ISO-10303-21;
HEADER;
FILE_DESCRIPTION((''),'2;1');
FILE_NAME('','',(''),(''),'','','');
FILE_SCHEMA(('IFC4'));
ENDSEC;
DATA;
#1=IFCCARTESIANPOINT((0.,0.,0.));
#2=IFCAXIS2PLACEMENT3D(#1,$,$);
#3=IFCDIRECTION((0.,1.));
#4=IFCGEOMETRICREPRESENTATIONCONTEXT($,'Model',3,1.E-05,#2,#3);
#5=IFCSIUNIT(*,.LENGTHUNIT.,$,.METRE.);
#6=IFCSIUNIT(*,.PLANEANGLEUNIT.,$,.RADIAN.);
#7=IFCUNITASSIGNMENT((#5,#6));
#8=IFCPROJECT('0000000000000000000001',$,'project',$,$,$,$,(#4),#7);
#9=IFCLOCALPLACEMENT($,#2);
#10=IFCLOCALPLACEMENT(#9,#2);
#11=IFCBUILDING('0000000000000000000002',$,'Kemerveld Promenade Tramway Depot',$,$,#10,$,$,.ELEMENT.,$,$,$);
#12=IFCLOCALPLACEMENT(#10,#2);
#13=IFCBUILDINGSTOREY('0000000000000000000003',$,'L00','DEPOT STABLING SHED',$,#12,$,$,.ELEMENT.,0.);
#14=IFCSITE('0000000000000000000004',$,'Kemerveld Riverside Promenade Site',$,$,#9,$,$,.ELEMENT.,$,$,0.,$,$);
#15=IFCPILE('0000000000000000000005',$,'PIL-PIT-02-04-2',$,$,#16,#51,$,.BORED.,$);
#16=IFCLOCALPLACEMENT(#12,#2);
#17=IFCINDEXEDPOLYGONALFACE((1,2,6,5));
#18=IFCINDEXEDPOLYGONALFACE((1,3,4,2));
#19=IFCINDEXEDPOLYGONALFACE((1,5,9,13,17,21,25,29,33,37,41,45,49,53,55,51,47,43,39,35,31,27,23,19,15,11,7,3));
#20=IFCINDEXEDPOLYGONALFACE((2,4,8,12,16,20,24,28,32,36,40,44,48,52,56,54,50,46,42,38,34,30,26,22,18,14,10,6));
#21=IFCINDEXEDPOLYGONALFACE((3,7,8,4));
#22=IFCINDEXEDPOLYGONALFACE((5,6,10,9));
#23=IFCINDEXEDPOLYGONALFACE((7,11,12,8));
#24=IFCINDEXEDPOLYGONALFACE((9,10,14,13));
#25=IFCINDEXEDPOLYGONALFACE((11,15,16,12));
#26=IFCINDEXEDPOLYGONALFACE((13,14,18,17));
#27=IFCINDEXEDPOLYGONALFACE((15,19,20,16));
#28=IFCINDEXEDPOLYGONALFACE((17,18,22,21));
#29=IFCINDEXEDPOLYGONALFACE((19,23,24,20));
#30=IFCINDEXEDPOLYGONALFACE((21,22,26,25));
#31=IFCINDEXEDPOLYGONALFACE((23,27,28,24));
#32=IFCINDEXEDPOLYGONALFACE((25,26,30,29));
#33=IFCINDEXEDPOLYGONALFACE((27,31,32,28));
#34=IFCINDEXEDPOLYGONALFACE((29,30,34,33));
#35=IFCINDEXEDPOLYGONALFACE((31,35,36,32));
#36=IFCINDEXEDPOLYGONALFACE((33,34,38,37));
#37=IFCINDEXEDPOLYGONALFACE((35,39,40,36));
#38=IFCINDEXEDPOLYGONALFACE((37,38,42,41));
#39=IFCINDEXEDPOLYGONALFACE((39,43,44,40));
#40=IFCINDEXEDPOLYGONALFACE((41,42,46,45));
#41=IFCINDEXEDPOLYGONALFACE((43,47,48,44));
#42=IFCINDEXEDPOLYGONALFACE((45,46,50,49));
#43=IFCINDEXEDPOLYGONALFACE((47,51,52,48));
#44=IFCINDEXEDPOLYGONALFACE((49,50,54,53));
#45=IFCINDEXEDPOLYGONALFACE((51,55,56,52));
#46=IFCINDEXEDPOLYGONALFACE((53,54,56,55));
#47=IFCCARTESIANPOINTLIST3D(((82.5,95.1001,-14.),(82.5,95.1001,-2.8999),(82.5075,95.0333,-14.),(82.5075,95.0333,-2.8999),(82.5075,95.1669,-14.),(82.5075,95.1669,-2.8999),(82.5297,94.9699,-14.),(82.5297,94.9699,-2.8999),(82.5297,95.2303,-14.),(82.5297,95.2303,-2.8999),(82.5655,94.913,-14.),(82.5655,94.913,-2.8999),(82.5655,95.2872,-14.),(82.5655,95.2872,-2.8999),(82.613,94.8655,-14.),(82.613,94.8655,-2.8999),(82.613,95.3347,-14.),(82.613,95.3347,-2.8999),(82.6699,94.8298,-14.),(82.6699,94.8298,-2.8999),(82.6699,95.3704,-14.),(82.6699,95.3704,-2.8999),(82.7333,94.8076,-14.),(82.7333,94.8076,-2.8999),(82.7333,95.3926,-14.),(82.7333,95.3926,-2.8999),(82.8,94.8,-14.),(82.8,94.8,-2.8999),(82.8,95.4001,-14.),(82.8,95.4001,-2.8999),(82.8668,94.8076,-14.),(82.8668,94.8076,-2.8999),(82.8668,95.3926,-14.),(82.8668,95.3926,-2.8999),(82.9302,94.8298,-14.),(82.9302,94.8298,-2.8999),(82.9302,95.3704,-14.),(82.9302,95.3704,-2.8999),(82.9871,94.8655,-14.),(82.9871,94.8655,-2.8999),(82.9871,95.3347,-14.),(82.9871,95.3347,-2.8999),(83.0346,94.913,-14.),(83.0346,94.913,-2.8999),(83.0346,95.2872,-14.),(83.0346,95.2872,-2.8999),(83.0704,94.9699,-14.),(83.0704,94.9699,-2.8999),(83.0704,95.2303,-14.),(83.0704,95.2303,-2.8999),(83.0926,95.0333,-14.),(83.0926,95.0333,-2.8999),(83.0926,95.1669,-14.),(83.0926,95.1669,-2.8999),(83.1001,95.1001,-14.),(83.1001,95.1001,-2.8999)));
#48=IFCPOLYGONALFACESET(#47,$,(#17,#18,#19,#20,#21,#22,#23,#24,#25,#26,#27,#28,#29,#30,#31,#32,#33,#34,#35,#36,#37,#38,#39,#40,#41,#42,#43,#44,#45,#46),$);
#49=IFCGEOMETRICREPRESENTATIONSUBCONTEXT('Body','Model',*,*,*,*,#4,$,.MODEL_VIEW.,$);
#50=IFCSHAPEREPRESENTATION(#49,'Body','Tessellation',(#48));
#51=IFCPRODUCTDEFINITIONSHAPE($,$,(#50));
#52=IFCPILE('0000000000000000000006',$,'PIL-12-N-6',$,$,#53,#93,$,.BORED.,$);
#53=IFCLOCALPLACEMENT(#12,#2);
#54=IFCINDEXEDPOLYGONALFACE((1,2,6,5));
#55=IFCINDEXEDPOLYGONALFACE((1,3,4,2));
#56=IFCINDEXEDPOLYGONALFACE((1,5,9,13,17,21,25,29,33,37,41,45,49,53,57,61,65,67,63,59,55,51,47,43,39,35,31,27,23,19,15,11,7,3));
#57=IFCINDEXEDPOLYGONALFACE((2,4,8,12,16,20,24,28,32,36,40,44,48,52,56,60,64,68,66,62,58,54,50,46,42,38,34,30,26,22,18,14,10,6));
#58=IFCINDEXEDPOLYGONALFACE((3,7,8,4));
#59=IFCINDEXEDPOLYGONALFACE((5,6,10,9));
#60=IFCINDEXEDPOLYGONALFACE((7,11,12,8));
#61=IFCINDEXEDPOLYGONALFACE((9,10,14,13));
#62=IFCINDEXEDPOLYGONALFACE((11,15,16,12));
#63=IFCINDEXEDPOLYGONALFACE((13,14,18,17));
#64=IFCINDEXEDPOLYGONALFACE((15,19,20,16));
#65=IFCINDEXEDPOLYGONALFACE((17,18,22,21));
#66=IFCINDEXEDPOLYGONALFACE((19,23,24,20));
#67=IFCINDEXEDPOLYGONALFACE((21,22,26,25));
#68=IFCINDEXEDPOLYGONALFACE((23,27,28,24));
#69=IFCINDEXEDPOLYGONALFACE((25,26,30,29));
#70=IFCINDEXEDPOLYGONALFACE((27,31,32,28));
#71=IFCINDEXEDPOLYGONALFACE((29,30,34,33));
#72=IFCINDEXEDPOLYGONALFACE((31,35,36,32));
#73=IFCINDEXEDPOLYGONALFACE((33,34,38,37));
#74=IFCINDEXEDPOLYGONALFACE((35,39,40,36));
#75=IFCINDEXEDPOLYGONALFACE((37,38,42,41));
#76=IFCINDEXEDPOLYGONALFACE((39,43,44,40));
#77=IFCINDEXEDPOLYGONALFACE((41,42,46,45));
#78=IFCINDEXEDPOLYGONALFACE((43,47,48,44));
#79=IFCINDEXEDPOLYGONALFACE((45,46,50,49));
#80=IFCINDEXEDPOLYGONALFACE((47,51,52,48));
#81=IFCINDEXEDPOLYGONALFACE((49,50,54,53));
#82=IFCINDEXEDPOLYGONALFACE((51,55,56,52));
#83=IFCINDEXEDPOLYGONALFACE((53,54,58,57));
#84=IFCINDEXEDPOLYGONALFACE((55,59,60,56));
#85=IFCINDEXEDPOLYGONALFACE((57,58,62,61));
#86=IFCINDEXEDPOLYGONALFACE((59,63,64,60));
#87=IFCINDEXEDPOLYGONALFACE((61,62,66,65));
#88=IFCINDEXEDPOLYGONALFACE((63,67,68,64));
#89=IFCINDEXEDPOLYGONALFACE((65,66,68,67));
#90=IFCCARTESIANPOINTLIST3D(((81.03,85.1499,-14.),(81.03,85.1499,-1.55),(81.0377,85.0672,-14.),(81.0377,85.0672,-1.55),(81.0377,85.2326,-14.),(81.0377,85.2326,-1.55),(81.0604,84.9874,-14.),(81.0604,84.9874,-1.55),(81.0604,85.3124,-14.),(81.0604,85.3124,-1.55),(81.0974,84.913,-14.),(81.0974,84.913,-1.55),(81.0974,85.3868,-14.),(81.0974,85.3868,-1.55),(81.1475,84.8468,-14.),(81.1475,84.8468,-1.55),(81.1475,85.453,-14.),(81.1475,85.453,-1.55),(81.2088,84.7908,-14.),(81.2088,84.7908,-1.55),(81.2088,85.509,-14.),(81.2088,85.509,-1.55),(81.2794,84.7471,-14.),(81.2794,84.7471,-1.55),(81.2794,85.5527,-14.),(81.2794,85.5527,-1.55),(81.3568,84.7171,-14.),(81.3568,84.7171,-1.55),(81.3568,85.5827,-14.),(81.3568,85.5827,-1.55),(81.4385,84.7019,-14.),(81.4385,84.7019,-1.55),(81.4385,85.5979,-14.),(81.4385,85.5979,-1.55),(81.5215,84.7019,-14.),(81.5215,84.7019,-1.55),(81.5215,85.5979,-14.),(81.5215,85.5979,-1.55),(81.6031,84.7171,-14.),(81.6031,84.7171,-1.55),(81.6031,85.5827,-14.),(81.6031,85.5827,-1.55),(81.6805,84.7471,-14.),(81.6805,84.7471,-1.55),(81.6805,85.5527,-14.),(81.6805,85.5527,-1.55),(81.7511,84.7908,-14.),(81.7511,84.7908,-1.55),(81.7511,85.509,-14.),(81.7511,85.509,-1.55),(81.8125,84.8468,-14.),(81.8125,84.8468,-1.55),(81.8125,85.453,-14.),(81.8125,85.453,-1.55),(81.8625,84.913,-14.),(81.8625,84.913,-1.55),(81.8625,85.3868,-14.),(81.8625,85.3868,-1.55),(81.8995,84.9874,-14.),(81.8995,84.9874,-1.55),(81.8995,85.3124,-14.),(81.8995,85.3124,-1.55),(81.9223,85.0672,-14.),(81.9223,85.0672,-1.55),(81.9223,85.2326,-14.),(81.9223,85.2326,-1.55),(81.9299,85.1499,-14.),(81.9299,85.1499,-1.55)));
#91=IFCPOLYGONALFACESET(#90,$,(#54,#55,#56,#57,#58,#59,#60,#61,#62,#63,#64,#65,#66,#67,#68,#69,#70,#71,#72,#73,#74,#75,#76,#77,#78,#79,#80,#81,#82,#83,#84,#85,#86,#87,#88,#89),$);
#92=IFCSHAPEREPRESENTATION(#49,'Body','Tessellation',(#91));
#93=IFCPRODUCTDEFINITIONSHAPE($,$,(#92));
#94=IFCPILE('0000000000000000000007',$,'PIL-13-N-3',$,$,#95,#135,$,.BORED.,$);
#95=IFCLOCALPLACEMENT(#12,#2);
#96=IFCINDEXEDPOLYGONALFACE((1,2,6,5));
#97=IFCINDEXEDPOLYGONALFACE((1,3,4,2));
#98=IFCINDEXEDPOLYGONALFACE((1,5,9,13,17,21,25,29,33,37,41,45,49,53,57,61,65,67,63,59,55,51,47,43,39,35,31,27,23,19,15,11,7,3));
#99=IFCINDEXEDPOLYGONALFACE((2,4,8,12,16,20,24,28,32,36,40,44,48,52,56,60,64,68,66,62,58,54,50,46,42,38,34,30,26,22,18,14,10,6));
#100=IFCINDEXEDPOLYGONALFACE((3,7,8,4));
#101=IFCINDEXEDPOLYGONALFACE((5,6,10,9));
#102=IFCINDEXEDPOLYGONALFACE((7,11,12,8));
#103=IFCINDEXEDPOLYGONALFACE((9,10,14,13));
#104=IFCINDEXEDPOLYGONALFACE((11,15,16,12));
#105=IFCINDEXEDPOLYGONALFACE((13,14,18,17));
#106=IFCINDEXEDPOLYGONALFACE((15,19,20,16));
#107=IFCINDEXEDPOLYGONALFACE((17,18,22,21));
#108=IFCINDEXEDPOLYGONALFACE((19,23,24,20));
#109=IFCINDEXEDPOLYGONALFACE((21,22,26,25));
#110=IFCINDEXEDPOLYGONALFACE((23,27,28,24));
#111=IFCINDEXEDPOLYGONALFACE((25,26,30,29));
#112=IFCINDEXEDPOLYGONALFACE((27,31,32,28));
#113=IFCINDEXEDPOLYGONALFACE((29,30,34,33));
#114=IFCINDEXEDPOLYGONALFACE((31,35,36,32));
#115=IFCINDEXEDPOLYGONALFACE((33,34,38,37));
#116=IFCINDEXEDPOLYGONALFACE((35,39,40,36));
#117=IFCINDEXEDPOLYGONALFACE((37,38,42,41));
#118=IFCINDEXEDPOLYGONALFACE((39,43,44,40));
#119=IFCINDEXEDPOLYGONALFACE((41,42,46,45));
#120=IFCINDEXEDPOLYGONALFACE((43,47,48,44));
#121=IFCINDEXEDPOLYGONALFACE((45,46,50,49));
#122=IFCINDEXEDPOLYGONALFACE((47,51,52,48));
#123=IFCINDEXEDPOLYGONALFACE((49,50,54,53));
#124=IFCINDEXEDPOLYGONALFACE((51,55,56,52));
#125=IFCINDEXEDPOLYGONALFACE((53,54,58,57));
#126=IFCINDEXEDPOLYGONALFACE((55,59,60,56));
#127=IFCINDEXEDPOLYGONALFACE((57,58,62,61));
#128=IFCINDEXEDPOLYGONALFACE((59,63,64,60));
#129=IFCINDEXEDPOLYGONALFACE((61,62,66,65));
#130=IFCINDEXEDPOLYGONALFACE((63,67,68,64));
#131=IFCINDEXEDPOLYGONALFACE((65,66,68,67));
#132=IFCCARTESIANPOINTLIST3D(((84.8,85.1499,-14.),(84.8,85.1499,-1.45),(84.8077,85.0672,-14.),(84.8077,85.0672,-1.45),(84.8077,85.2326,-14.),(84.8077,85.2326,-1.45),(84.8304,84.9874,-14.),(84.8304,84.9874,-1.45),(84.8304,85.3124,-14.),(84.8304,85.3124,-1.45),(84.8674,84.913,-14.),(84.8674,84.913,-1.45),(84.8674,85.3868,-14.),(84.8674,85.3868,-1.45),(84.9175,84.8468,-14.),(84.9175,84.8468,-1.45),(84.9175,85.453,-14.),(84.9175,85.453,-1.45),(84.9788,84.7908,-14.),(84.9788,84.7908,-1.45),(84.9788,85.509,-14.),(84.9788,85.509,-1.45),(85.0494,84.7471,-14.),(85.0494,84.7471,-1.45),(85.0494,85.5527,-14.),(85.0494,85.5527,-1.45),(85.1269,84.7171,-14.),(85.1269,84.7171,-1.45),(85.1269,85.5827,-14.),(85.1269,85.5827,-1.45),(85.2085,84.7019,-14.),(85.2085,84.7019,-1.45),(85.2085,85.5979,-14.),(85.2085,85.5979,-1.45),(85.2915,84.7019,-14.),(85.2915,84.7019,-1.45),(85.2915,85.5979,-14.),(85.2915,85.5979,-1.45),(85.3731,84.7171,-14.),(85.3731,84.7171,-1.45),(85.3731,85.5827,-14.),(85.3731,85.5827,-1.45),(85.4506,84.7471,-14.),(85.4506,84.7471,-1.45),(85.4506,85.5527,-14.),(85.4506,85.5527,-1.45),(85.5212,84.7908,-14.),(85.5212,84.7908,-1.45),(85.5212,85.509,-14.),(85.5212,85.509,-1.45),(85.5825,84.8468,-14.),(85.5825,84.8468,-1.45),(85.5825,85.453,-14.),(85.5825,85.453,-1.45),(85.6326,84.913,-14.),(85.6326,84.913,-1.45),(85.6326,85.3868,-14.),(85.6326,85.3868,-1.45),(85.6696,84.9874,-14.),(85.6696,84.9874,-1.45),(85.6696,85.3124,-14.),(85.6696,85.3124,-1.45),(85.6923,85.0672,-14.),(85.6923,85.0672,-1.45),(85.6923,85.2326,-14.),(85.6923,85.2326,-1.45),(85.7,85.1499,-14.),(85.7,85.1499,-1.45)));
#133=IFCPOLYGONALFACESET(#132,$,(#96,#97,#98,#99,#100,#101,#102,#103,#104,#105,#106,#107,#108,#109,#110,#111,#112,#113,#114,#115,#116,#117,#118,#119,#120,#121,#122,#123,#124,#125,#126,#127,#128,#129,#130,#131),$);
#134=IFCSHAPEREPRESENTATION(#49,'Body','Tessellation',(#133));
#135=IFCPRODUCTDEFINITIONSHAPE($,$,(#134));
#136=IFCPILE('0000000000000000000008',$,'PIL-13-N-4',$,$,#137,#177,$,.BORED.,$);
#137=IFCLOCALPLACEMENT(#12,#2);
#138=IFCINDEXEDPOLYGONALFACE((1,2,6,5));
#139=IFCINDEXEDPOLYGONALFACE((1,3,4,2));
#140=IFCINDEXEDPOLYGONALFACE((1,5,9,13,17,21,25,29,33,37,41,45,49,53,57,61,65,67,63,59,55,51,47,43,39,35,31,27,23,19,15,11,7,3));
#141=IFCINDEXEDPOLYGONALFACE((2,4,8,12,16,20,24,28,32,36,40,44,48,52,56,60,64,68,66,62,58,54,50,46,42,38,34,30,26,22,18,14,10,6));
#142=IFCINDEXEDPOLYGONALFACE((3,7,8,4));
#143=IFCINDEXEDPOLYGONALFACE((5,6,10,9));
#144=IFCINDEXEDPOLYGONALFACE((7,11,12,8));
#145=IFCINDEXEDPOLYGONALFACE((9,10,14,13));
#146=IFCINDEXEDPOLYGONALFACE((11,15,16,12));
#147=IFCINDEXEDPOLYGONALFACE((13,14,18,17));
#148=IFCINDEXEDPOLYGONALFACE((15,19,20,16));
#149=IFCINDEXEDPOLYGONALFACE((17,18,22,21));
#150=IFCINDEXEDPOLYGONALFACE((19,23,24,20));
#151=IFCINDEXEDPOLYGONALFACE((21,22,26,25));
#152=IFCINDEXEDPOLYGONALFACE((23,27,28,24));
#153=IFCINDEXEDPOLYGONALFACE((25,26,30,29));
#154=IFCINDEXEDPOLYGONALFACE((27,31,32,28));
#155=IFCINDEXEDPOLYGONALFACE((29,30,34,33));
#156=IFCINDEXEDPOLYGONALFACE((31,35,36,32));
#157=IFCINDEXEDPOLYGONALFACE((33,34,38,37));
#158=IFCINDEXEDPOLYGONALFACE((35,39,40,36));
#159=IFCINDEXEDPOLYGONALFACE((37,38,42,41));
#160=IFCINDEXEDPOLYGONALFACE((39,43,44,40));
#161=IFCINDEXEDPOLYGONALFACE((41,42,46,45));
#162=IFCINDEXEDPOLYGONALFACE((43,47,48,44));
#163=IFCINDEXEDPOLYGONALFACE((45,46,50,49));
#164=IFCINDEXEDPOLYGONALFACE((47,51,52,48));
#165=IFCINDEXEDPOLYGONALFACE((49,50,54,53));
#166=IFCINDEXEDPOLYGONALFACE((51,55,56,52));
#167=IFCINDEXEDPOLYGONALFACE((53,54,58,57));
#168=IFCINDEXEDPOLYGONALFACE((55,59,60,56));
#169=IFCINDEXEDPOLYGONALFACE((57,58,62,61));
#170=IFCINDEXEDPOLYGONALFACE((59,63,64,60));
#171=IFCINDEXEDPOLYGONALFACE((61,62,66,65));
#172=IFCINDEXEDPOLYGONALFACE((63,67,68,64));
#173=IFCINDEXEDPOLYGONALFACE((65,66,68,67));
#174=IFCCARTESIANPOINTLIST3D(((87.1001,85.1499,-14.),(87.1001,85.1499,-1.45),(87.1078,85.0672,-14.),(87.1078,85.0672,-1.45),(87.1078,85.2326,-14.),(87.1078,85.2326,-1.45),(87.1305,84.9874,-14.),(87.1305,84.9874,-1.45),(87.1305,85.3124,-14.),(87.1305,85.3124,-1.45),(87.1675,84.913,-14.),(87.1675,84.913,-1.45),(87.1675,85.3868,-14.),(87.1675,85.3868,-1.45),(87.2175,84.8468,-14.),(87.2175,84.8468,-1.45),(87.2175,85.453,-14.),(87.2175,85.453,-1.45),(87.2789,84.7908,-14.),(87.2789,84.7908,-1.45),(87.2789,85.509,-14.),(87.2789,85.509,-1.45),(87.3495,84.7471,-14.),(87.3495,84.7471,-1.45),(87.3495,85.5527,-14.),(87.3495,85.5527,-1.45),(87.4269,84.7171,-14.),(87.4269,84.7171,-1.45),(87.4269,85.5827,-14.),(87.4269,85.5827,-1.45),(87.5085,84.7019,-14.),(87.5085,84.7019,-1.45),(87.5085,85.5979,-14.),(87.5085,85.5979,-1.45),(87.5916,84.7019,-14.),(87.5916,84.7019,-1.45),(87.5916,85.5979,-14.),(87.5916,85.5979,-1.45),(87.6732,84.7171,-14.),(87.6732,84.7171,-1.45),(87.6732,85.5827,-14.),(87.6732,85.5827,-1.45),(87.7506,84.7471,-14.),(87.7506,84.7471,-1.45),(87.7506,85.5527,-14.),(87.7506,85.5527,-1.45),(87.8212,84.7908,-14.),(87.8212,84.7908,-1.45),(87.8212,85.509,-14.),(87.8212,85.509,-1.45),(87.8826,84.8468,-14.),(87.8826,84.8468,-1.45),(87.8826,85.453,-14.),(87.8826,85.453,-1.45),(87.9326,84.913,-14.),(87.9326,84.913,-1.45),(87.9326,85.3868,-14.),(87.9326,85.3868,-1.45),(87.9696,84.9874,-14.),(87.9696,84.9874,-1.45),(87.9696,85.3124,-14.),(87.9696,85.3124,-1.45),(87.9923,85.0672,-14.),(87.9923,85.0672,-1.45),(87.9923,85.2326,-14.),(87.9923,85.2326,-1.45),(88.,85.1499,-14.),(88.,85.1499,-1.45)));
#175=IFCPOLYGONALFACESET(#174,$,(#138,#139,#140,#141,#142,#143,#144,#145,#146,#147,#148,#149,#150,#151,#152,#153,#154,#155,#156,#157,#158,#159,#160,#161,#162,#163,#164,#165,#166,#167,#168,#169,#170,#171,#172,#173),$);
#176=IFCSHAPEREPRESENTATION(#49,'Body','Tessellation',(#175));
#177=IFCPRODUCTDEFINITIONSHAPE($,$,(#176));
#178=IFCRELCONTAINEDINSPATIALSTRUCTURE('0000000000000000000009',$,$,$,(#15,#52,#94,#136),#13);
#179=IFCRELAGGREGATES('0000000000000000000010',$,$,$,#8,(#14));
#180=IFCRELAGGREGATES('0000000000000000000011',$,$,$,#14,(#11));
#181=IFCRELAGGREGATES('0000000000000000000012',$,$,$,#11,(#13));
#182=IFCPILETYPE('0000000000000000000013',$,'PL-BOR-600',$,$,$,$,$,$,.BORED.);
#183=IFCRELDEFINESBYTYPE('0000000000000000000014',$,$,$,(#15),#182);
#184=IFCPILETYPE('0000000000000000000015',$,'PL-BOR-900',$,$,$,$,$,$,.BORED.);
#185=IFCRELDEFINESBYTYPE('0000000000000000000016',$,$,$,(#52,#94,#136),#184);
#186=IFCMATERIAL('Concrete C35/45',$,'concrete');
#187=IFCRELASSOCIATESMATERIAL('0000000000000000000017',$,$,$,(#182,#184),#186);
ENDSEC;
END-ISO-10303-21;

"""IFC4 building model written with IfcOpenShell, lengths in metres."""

from ifc_helpers import new_model, si_unit, direction, frame, origin, origin_2d, place, context, subcontext, project, spatial, circle, extrude, material, material_profile, profile_set, type_object, element, save


model = new_model("IFC4")

# Units and contexts
model_context = context("Model", 3, precision=1e-05, world=origin(), true_north=direction((0.0, 1.0)))
body_context = subcontext(model_context, "Body", "Model", "MODEL_VIEW")
ifc_project = project(units=[si_unit("LENGTHUNIT", "METRE"), si_unit("PLANEANGLEUNIT", "RADIAN")], contexts=[model_context])

# Site, building, storey
site_placement = place(None, origin())
site = spatial("IfcSite", under=ifc_project, at=site_placement, Name="Kemerveld Riverside Promenade Site", CompositionType="ELEMENT", RefElevation=0.0)
building_placement = place(site_placement, origin())
building = spatial("IfcBuilding", under=site, at=building_placement, Name="Kemerveld Promenade Tramway Depot", CompositionType="ELEMENT")
storey_placement = place(building_placement, origin())
storey = spatial("IfcBuildingStorey", under=building, at=storey_placement, Name="L00", Description="DEPOT STABLING SHED", CompositionType="ELEMENT", Elevation=0.0)

# Shared definitions
ifc_material_1 = material(Name="Concrete C35/45", Category="concrete")

# Piles
ifc_material_profile_1 = material_profile(ifc_material_1, circle(Radius=0.3, at=origin_2d()), Name="PILE-D600")
ifc_profile_set_1 = profile_set([ifc_material_profile_1], Name="Concrete C35/45")
pile_type_1 = type_object("IfcPileType", Name="PL-BOR-600", PredefinedType="BORED", material=ifc_profile_set_1)
for number, where, z_axis, x_axis, name in (
    (1, (82.8, 95.1001, -2.8999), (0.0, 0.0, -1.0), (1.0, 0.0, 0.0), "PIL-PIT-02-04-2"),
):
    element("IfcPile", number, at=place(storey_placement, frame(where, z_axis=z_axis, x_axis=x_axis)), inside=storey, type_object=pile_type_1, Name=name, PredefinedType="BORED", context=body_context, shape_type="SweptSolid", body=[
        extrude(circle(Radius=0.3, at=origin_2d()), origin(), (0.0, 0.0, 1.0), 11.1001),
    ])
ifc_material_profile_2 = material_profile(ifc_material_1, circle(Radius=0.45, at=origin_2d()), Name="PILE-D900")
ifc_profile_set_2 = profile_set([ifc_material_profile_2], Name="Concrete C35/45")
pile_type_2 = type_object("IfcPileType", Name="PL-BOR-900", PredefinedType="BORED", material=ifc_profile_set_2)
pile_1_placement = place(storey_placement, frame((81.48, 85.1499, -1.55), z_axis=(0.0, 0.0, -1.0), x_axis=(1.0, 0.0, 0.0)))
element("IfcPile", 2, at=pile_1_placement, inside=storey, type_object=pile_type_2, Name="PIL-12-N-6", PredefinedType="BORED", context=body_context, shape_type="SweptSolid", body=[
    extrude(circle(Radius=0.45, at=origin_2d()), origin(), (0.0, 0.0, 1.0), 12.45),
])
for number, where, z_axis, x_axis, name in (
    (3, (85.25, 85.1499, -1.45), (0.0, 0.0, -1.0), (1.0, 0.0, 0.0), "PIL-13-N-3"),
    (4, (87.55, 85.1499, -1.45), (0.0, 0.0, -1.0), (1.0, 0.0, 0.0), "PIL-13-N-4"),
):
    element("IfcPile", number, at=place(storey_placement, frame(where, z_axis=z_axis, x_axis=x_axis)), inside=storey, type_object=pile_type_2, Name=name, PredefinedType="BORED", context=body_context, shape_type="SweptSolid", body=[
        extrude(circle(Radius=0.45, at=origin_2d()), origin(), (0.0, 0.0, 1.0), 12.55),
    ])

save(model, "model.ifc")
